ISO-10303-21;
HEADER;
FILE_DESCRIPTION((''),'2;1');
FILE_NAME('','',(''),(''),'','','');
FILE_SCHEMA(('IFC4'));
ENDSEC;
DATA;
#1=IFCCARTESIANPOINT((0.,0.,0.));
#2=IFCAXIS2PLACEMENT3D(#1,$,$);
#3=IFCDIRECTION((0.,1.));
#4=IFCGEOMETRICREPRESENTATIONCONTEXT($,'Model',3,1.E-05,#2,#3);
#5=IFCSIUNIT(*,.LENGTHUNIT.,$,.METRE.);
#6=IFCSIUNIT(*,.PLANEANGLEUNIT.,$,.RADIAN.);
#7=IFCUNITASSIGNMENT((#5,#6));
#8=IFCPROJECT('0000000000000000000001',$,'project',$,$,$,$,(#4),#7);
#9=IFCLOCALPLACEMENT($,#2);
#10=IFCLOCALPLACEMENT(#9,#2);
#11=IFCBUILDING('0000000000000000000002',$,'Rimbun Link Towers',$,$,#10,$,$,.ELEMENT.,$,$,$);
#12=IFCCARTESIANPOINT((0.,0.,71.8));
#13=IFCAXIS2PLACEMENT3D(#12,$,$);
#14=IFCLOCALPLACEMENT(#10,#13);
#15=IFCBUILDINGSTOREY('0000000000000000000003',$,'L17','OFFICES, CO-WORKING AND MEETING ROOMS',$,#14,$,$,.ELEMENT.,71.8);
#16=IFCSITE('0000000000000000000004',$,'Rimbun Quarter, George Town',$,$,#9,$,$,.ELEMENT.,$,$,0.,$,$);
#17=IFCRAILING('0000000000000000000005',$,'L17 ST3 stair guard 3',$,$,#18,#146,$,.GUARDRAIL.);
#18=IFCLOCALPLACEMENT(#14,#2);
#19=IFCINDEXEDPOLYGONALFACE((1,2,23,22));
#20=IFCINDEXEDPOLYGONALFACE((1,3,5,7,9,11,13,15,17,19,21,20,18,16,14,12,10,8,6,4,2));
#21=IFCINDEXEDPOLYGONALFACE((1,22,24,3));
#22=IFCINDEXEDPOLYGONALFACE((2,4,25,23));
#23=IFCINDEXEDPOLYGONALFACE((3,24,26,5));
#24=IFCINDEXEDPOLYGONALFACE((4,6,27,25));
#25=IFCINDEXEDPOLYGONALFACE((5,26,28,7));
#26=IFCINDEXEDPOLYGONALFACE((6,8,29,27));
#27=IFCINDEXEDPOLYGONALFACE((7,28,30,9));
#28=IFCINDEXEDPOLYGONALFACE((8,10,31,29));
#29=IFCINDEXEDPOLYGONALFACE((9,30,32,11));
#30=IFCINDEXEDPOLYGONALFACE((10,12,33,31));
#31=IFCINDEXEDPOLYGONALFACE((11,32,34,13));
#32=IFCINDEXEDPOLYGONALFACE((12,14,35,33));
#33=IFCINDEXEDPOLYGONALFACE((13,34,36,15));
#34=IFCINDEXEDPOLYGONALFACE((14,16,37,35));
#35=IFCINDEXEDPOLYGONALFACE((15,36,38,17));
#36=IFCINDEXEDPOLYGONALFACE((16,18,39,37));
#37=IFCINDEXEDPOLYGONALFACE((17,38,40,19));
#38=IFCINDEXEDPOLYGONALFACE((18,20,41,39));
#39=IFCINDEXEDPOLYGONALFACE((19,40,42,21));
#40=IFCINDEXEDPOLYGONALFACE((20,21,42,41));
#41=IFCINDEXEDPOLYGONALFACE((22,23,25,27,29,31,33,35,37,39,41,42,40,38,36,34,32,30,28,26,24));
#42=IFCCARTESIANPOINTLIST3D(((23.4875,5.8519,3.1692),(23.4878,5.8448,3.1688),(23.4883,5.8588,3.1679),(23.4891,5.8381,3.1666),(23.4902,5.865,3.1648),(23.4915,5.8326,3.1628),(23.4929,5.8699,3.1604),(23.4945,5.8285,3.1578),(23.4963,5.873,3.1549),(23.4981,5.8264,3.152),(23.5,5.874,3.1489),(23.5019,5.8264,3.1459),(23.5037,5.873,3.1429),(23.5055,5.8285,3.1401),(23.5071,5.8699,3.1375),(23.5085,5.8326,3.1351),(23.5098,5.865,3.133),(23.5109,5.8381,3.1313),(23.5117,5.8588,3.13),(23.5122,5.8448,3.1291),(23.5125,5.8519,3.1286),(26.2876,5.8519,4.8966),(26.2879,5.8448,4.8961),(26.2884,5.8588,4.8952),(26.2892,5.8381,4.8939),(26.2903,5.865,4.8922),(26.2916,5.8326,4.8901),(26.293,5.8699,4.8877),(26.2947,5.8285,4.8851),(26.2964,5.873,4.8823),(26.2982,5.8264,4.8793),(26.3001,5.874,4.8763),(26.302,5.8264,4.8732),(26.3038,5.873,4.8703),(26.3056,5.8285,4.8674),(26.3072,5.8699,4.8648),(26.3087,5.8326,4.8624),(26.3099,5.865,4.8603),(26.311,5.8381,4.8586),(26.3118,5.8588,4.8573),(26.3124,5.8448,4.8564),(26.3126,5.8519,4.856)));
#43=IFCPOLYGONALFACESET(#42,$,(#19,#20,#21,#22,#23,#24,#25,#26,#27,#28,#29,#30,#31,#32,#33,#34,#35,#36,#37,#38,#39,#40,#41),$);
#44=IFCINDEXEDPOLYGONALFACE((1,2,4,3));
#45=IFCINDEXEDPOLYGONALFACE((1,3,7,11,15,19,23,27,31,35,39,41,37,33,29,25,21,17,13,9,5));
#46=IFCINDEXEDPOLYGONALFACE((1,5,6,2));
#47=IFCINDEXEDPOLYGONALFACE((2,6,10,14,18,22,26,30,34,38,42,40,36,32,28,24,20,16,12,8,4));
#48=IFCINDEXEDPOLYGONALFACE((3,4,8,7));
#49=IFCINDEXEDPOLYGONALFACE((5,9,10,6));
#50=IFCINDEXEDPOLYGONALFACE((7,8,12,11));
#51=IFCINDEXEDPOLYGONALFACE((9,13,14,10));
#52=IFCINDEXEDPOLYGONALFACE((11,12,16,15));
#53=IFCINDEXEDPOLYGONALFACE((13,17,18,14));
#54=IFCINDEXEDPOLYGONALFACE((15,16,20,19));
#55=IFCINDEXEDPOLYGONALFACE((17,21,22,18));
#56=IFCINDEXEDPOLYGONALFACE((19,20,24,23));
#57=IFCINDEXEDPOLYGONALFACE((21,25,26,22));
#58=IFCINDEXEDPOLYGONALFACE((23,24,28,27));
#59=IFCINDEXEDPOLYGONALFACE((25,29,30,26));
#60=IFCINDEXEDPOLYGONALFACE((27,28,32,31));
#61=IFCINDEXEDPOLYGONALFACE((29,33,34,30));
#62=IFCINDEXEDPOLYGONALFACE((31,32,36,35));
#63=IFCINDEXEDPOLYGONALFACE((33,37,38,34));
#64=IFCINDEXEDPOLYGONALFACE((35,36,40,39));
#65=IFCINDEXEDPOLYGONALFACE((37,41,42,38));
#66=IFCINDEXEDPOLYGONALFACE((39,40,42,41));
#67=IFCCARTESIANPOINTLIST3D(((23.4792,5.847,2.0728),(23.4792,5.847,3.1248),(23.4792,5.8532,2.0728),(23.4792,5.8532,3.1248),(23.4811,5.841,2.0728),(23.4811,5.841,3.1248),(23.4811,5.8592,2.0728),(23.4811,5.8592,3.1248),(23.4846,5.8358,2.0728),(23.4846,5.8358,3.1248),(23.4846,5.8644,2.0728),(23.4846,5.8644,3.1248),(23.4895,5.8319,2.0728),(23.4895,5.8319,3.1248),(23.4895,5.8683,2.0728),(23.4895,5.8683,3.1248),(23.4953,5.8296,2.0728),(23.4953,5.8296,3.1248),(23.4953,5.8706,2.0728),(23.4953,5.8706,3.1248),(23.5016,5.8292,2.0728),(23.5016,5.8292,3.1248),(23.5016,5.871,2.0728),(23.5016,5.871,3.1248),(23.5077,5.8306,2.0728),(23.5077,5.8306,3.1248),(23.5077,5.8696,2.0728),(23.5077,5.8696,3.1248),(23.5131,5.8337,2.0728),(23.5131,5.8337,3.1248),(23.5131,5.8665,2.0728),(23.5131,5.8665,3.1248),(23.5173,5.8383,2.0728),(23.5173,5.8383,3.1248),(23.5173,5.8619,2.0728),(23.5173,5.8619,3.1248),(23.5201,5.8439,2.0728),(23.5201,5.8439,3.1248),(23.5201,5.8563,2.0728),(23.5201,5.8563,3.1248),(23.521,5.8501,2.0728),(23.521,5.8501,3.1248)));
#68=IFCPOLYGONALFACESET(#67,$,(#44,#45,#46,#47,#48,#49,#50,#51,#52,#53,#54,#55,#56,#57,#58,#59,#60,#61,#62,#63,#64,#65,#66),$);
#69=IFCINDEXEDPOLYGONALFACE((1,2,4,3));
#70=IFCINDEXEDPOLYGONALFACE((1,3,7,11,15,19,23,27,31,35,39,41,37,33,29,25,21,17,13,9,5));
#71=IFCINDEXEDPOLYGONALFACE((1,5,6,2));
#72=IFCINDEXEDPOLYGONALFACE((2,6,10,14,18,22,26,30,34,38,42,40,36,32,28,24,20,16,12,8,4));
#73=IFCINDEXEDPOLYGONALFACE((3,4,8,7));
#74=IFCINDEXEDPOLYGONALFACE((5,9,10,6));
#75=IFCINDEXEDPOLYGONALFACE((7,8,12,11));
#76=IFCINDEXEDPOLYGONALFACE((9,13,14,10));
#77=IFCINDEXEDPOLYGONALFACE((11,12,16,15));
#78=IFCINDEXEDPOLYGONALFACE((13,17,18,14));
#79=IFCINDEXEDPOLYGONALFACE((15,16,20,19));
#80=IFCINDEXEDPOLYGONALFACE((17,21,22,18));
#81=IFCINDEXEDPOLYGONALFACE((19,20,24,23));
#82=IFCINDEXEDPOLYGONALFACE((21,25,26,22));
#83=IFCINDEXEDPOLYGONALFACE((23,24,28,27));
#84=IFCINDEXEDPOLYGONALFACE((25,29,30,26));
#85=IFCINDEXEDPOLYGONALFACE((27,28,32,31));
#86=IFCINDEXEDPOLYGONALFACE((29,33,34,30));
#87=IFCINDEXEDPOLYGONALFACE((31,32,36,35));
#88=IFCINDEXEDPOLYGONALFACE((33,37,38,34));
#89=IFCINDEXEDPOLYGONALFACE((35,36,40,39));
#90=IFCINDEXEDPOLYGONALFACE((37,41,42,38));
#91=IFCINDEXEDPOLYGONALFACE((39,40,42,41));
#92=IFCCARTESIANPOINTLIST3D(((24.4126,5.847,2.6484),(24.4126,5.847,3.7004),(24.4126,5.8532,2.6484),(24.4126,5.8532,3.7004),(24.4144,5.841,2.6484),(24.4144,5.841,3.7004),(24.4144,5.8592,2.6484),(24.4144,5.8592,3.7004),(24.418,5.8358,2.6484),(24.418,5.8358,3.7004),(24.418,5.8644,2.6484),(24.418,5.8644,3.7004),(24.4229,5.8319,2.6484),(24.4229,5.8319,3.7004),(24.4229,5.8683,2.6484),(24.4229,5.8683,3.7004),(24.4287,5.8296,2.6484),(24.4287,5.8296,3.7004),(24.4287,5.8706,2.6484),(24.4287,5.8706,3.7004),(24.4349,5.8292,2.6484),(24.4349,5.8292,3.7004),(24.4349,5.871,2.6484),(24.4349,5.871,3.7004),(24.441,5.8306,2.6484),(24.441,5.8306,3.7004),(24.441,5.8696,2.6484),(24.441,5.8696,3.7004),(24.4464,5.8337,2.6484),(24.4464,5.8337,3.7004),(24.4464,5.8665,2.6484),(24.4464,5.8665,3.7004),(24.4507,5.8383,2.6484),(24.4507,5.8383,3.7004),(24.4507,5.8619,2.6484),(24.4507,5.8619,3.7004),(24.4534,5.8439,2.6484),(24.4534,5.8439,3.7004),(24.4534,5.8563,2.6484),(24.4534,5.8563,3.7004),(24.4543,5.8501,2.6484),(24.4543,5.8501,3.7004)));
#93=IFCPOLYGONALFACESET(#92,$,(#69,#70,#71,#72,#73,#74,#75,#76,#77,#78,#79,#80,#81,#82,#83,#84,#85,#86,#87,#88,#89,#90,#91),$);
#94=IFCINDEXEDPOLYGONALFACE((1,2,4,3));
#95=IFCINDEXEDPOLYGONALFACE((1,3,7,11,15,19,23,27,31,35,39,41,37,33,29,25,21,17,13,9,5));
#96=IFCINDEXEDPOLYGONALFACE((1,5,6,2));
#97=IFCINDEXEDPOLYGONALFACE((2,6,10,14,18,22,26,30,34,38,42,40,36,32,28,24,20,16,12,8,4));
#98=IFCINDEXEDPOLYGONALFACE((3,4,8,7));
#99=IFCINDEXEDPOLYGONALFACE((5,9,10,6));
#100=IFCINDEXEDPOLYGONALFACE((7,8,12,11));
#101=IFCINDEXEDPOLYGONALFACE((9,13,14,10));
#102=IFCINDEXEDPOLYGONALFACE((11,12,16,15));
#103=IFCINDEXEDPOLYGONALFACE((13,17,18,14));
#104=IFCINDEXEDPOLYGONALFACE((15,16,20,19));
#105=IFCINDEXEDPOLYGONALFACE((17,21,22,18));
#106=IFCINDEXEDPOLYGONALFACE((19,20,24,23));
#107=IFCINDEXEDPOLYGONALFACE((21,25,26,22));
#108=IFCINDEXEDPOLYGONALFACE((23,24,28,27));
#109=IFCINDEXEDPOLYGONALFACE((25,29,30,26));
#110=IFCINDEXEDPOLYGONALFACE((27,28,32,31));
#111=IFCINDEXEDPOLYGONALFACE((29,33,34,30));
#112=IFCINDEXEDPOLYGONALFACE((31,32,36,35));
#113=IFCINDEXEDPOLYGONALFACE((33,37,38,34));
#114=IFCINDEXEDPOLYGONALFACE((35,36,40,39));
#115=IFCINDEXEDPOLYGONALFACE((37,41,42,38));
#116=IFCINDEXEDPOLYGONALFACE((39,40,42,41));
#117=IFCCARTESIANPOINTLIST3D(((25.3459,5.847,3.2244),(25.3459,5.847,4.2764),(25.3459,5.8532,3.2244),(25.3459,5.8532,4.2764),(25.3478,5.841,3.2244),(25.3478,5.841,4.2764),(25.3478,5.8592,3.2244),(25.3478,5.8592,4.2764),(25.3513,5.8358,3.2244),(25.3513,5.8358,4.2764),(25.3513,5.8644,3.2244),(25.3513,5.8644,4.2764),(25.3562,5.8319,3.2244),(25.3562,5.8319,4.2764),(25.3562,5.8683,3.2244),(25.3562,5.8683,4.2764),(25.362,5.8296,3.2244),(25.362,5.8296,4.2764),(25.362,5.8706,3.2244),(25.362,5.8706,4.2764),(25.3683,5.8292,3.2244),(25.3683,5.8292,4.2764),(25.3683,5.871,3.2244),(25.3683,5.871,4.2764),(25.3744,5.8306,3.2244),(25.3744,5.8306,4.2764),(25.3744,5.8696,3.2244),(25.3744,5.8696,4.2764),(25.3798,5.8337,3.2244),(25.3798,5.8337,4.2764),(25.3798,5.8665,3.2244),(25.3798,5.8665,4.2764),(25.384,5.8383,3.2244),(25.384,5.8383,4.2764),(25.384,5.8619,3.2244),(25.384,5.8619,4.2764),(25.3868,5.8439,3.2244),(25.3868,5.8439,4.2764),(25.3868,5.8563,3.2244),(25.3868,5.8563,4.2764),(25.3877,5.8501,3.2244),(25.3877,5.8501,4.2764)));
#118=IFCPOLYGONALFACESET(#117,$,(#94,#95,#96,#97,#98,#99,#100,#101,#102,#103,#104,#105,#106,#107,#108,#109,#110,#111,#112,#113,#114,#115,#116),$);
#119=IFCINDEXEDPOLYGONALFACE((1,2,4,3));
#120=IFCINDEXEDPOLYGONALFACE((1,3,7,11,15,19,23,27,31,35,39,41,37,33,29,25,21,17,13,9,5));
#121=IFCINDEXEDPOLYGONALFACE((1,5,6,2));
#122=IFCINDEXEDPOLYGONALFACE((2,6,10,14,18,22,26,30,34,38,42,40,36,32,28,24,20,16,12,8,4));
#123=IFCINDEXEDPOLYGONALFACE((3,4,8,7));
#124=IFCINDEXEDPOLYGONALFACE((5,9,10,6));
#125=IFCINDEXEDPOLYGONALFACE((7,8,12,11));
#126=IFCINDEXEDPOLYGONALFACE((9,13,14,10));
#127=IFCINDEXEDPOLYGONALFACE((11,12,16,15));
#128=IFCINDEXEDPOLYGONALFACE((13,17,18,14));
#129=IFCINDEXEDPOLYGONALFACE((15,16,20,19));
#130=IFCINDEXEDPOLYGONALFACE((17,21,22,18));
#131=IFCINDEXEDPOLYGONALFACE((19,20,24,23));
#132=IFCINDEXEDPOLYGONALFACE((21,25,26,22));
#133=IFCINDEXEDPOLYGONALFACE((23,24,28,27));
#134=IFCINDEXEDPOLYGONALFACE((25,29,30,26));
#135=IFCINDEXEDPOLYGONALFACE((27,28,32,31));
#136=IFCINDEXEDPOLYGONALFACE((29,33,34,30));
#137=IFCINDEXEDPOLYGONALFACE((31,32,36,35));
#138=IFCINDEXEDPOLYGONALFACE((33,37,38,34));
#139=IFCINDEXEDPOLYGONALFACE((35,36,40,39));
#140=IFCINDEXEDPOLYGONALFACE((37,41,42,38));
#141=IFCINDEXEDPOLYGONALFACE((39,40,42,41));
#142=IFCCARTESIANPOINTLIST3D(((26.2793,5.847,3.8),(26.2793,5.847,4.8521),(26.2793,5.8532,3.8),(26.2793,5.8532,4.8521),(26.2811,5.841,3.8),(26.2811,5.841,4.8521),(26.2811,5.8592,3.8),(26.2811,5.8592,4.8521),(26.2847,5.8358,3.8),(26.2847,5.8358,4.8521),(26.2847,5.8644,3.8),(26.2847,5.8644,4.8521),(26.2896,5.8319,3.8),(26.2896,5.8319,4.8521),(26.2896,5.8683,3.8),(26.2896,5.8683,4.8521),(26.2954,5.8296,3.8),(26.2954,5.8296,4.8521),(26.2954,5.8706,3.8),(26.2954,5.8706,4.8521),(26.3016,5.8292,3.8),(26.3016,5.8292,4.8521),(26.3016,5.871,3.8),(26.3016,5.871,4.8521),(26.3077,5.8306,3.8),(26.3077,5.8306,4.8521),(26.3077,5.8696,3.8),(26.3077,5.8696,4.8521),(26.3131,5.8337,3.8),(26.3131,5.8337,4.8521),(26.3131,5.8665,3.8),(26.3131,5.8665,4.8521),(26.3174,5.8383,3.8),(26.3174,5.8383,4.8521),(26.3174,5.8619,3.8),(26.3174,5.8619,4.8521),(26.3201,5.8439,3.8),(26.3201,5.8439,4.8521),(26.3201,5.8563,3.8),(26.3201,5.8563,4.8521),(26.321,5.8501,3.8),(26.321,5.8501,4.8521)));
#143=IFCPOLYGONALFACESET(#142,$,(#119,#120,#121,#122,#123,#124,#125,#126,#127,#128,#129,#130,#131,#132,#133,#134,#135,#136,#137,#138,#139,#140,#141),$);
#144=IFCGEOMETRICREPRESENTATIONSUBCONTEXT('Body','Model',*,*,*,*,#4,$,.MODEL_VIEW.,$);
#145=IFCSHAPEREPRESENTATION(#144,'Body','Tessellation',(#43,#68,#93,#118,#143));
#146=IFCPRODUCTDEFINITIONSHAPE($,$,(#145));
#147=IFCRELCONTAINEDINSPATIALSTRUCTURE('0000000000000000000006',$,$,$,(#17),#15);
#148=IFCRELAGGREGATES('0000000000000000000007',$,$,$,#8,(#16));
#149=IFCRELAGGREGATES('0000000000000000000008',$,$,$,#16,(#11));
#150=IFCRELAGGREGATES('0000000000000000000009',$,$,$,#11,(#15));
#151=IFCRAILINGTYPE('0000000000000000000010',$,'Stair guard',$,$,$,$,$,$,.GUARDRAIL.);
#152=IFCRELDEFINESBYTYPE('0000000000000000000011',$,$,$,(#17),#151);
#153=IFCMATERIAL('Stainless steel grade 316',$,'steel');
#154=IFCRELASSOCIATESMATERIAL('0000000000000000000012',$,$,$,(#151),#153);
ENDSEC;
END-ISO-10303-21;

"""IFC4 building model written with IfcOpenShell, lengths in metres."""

from ifc_helpers import new_model, si_unit, direction, frame, origin, origin_2d, place, context, subcontext, project, spatial, circle, extrude, material, type_object, element, save


model = new_model("IFC4")

# Units and contexts
model_context = context("Model", 3, precision=1e-05, world=origin(), true_north=direction((0.0, 1.0)))
body_context = subcontext(model_context, "Body", "Model", "MODEL_VIEW")
ifc_project = project(units=[si_unit("LENGTHUNIT", "METRE"), si_unit("PLANEANGLEUNIT", "RADIAN")], contexts=[model_context])

# Site, building, storey
site_placement = place(None, origin())
site = spatial("IfcSite", under=ifc_project, at=site_placement, Name="Rimbun Quarter, George Town", CompositionType="ELEMENT", RefElevation=0.0)
building_placement = place(site_placement, origin())
building = spatial("IfcBuilding", under=site, at=building_placement, Name="Rimbun Link Towers", CompositionType="ELEMENT")
storey_placement = place(building_placement, frame((0.0, 0.0, 71.8)))
storey = spatial("IfcBuildingStorey", under=building, at=storey_placement, Name="L17", Description="OFFICES, CO-WORKING AND MEETING ROOMS", CompositionType="ELEMENT", Elevation=71.8)

# Railing
ifc_material_1 = material(Name="Stainless steel grade 316", Category="steel")
railing_type_1 = type_object("IfcRailingType", Name="Stair guard", PredefinedType="GUARDRAIL", material=ifc_material_1)
railing_1_placement = place(storey_placement, frame((23.5, 5.8501, 2.0728)))
element("IfcRailing", 1, at=railing_1_placement, inside=storey, type_object=railing_type_1, Name="L17 ST3 stair guard 3", PredefinedType="GUARDRAIL", context=body_context, shape_type="SweptSolid", body=[
    extrude(circle(Radius=0.0239, at=origin_2d()), frame((0.0, 0.0, 1.0762), z_axis=(0.85109, 0.0, 0.52502), x_axis=(0.0, 1.0, 0.0)), (0.0, 0.0, 1.0), 3.29),
    extrude(circle(Radius=0.021, at=origin_2d()), origin(), (0.0, 0.0, 1.0), 1.052),
    extrude(circle(Radius=0.021, at=origin_2d()), frame((0.9333, 0.0, 0.5757)), (0.0, 0.0, 1.0), 1.052),
    extrude(circle(Radius=0.021, at=origin_2d()), frame((1.8667, 0.0, 1.1516)), (0.0, 0.0, 1.0), 1.052),
    extrude(circle(Radius=0.021, at=origin_2d()), frame((2.8, 0.0, 1.7273)), (0.0, 0.0, 1.0), 1.052),
])

save(model, "model.ifc")
